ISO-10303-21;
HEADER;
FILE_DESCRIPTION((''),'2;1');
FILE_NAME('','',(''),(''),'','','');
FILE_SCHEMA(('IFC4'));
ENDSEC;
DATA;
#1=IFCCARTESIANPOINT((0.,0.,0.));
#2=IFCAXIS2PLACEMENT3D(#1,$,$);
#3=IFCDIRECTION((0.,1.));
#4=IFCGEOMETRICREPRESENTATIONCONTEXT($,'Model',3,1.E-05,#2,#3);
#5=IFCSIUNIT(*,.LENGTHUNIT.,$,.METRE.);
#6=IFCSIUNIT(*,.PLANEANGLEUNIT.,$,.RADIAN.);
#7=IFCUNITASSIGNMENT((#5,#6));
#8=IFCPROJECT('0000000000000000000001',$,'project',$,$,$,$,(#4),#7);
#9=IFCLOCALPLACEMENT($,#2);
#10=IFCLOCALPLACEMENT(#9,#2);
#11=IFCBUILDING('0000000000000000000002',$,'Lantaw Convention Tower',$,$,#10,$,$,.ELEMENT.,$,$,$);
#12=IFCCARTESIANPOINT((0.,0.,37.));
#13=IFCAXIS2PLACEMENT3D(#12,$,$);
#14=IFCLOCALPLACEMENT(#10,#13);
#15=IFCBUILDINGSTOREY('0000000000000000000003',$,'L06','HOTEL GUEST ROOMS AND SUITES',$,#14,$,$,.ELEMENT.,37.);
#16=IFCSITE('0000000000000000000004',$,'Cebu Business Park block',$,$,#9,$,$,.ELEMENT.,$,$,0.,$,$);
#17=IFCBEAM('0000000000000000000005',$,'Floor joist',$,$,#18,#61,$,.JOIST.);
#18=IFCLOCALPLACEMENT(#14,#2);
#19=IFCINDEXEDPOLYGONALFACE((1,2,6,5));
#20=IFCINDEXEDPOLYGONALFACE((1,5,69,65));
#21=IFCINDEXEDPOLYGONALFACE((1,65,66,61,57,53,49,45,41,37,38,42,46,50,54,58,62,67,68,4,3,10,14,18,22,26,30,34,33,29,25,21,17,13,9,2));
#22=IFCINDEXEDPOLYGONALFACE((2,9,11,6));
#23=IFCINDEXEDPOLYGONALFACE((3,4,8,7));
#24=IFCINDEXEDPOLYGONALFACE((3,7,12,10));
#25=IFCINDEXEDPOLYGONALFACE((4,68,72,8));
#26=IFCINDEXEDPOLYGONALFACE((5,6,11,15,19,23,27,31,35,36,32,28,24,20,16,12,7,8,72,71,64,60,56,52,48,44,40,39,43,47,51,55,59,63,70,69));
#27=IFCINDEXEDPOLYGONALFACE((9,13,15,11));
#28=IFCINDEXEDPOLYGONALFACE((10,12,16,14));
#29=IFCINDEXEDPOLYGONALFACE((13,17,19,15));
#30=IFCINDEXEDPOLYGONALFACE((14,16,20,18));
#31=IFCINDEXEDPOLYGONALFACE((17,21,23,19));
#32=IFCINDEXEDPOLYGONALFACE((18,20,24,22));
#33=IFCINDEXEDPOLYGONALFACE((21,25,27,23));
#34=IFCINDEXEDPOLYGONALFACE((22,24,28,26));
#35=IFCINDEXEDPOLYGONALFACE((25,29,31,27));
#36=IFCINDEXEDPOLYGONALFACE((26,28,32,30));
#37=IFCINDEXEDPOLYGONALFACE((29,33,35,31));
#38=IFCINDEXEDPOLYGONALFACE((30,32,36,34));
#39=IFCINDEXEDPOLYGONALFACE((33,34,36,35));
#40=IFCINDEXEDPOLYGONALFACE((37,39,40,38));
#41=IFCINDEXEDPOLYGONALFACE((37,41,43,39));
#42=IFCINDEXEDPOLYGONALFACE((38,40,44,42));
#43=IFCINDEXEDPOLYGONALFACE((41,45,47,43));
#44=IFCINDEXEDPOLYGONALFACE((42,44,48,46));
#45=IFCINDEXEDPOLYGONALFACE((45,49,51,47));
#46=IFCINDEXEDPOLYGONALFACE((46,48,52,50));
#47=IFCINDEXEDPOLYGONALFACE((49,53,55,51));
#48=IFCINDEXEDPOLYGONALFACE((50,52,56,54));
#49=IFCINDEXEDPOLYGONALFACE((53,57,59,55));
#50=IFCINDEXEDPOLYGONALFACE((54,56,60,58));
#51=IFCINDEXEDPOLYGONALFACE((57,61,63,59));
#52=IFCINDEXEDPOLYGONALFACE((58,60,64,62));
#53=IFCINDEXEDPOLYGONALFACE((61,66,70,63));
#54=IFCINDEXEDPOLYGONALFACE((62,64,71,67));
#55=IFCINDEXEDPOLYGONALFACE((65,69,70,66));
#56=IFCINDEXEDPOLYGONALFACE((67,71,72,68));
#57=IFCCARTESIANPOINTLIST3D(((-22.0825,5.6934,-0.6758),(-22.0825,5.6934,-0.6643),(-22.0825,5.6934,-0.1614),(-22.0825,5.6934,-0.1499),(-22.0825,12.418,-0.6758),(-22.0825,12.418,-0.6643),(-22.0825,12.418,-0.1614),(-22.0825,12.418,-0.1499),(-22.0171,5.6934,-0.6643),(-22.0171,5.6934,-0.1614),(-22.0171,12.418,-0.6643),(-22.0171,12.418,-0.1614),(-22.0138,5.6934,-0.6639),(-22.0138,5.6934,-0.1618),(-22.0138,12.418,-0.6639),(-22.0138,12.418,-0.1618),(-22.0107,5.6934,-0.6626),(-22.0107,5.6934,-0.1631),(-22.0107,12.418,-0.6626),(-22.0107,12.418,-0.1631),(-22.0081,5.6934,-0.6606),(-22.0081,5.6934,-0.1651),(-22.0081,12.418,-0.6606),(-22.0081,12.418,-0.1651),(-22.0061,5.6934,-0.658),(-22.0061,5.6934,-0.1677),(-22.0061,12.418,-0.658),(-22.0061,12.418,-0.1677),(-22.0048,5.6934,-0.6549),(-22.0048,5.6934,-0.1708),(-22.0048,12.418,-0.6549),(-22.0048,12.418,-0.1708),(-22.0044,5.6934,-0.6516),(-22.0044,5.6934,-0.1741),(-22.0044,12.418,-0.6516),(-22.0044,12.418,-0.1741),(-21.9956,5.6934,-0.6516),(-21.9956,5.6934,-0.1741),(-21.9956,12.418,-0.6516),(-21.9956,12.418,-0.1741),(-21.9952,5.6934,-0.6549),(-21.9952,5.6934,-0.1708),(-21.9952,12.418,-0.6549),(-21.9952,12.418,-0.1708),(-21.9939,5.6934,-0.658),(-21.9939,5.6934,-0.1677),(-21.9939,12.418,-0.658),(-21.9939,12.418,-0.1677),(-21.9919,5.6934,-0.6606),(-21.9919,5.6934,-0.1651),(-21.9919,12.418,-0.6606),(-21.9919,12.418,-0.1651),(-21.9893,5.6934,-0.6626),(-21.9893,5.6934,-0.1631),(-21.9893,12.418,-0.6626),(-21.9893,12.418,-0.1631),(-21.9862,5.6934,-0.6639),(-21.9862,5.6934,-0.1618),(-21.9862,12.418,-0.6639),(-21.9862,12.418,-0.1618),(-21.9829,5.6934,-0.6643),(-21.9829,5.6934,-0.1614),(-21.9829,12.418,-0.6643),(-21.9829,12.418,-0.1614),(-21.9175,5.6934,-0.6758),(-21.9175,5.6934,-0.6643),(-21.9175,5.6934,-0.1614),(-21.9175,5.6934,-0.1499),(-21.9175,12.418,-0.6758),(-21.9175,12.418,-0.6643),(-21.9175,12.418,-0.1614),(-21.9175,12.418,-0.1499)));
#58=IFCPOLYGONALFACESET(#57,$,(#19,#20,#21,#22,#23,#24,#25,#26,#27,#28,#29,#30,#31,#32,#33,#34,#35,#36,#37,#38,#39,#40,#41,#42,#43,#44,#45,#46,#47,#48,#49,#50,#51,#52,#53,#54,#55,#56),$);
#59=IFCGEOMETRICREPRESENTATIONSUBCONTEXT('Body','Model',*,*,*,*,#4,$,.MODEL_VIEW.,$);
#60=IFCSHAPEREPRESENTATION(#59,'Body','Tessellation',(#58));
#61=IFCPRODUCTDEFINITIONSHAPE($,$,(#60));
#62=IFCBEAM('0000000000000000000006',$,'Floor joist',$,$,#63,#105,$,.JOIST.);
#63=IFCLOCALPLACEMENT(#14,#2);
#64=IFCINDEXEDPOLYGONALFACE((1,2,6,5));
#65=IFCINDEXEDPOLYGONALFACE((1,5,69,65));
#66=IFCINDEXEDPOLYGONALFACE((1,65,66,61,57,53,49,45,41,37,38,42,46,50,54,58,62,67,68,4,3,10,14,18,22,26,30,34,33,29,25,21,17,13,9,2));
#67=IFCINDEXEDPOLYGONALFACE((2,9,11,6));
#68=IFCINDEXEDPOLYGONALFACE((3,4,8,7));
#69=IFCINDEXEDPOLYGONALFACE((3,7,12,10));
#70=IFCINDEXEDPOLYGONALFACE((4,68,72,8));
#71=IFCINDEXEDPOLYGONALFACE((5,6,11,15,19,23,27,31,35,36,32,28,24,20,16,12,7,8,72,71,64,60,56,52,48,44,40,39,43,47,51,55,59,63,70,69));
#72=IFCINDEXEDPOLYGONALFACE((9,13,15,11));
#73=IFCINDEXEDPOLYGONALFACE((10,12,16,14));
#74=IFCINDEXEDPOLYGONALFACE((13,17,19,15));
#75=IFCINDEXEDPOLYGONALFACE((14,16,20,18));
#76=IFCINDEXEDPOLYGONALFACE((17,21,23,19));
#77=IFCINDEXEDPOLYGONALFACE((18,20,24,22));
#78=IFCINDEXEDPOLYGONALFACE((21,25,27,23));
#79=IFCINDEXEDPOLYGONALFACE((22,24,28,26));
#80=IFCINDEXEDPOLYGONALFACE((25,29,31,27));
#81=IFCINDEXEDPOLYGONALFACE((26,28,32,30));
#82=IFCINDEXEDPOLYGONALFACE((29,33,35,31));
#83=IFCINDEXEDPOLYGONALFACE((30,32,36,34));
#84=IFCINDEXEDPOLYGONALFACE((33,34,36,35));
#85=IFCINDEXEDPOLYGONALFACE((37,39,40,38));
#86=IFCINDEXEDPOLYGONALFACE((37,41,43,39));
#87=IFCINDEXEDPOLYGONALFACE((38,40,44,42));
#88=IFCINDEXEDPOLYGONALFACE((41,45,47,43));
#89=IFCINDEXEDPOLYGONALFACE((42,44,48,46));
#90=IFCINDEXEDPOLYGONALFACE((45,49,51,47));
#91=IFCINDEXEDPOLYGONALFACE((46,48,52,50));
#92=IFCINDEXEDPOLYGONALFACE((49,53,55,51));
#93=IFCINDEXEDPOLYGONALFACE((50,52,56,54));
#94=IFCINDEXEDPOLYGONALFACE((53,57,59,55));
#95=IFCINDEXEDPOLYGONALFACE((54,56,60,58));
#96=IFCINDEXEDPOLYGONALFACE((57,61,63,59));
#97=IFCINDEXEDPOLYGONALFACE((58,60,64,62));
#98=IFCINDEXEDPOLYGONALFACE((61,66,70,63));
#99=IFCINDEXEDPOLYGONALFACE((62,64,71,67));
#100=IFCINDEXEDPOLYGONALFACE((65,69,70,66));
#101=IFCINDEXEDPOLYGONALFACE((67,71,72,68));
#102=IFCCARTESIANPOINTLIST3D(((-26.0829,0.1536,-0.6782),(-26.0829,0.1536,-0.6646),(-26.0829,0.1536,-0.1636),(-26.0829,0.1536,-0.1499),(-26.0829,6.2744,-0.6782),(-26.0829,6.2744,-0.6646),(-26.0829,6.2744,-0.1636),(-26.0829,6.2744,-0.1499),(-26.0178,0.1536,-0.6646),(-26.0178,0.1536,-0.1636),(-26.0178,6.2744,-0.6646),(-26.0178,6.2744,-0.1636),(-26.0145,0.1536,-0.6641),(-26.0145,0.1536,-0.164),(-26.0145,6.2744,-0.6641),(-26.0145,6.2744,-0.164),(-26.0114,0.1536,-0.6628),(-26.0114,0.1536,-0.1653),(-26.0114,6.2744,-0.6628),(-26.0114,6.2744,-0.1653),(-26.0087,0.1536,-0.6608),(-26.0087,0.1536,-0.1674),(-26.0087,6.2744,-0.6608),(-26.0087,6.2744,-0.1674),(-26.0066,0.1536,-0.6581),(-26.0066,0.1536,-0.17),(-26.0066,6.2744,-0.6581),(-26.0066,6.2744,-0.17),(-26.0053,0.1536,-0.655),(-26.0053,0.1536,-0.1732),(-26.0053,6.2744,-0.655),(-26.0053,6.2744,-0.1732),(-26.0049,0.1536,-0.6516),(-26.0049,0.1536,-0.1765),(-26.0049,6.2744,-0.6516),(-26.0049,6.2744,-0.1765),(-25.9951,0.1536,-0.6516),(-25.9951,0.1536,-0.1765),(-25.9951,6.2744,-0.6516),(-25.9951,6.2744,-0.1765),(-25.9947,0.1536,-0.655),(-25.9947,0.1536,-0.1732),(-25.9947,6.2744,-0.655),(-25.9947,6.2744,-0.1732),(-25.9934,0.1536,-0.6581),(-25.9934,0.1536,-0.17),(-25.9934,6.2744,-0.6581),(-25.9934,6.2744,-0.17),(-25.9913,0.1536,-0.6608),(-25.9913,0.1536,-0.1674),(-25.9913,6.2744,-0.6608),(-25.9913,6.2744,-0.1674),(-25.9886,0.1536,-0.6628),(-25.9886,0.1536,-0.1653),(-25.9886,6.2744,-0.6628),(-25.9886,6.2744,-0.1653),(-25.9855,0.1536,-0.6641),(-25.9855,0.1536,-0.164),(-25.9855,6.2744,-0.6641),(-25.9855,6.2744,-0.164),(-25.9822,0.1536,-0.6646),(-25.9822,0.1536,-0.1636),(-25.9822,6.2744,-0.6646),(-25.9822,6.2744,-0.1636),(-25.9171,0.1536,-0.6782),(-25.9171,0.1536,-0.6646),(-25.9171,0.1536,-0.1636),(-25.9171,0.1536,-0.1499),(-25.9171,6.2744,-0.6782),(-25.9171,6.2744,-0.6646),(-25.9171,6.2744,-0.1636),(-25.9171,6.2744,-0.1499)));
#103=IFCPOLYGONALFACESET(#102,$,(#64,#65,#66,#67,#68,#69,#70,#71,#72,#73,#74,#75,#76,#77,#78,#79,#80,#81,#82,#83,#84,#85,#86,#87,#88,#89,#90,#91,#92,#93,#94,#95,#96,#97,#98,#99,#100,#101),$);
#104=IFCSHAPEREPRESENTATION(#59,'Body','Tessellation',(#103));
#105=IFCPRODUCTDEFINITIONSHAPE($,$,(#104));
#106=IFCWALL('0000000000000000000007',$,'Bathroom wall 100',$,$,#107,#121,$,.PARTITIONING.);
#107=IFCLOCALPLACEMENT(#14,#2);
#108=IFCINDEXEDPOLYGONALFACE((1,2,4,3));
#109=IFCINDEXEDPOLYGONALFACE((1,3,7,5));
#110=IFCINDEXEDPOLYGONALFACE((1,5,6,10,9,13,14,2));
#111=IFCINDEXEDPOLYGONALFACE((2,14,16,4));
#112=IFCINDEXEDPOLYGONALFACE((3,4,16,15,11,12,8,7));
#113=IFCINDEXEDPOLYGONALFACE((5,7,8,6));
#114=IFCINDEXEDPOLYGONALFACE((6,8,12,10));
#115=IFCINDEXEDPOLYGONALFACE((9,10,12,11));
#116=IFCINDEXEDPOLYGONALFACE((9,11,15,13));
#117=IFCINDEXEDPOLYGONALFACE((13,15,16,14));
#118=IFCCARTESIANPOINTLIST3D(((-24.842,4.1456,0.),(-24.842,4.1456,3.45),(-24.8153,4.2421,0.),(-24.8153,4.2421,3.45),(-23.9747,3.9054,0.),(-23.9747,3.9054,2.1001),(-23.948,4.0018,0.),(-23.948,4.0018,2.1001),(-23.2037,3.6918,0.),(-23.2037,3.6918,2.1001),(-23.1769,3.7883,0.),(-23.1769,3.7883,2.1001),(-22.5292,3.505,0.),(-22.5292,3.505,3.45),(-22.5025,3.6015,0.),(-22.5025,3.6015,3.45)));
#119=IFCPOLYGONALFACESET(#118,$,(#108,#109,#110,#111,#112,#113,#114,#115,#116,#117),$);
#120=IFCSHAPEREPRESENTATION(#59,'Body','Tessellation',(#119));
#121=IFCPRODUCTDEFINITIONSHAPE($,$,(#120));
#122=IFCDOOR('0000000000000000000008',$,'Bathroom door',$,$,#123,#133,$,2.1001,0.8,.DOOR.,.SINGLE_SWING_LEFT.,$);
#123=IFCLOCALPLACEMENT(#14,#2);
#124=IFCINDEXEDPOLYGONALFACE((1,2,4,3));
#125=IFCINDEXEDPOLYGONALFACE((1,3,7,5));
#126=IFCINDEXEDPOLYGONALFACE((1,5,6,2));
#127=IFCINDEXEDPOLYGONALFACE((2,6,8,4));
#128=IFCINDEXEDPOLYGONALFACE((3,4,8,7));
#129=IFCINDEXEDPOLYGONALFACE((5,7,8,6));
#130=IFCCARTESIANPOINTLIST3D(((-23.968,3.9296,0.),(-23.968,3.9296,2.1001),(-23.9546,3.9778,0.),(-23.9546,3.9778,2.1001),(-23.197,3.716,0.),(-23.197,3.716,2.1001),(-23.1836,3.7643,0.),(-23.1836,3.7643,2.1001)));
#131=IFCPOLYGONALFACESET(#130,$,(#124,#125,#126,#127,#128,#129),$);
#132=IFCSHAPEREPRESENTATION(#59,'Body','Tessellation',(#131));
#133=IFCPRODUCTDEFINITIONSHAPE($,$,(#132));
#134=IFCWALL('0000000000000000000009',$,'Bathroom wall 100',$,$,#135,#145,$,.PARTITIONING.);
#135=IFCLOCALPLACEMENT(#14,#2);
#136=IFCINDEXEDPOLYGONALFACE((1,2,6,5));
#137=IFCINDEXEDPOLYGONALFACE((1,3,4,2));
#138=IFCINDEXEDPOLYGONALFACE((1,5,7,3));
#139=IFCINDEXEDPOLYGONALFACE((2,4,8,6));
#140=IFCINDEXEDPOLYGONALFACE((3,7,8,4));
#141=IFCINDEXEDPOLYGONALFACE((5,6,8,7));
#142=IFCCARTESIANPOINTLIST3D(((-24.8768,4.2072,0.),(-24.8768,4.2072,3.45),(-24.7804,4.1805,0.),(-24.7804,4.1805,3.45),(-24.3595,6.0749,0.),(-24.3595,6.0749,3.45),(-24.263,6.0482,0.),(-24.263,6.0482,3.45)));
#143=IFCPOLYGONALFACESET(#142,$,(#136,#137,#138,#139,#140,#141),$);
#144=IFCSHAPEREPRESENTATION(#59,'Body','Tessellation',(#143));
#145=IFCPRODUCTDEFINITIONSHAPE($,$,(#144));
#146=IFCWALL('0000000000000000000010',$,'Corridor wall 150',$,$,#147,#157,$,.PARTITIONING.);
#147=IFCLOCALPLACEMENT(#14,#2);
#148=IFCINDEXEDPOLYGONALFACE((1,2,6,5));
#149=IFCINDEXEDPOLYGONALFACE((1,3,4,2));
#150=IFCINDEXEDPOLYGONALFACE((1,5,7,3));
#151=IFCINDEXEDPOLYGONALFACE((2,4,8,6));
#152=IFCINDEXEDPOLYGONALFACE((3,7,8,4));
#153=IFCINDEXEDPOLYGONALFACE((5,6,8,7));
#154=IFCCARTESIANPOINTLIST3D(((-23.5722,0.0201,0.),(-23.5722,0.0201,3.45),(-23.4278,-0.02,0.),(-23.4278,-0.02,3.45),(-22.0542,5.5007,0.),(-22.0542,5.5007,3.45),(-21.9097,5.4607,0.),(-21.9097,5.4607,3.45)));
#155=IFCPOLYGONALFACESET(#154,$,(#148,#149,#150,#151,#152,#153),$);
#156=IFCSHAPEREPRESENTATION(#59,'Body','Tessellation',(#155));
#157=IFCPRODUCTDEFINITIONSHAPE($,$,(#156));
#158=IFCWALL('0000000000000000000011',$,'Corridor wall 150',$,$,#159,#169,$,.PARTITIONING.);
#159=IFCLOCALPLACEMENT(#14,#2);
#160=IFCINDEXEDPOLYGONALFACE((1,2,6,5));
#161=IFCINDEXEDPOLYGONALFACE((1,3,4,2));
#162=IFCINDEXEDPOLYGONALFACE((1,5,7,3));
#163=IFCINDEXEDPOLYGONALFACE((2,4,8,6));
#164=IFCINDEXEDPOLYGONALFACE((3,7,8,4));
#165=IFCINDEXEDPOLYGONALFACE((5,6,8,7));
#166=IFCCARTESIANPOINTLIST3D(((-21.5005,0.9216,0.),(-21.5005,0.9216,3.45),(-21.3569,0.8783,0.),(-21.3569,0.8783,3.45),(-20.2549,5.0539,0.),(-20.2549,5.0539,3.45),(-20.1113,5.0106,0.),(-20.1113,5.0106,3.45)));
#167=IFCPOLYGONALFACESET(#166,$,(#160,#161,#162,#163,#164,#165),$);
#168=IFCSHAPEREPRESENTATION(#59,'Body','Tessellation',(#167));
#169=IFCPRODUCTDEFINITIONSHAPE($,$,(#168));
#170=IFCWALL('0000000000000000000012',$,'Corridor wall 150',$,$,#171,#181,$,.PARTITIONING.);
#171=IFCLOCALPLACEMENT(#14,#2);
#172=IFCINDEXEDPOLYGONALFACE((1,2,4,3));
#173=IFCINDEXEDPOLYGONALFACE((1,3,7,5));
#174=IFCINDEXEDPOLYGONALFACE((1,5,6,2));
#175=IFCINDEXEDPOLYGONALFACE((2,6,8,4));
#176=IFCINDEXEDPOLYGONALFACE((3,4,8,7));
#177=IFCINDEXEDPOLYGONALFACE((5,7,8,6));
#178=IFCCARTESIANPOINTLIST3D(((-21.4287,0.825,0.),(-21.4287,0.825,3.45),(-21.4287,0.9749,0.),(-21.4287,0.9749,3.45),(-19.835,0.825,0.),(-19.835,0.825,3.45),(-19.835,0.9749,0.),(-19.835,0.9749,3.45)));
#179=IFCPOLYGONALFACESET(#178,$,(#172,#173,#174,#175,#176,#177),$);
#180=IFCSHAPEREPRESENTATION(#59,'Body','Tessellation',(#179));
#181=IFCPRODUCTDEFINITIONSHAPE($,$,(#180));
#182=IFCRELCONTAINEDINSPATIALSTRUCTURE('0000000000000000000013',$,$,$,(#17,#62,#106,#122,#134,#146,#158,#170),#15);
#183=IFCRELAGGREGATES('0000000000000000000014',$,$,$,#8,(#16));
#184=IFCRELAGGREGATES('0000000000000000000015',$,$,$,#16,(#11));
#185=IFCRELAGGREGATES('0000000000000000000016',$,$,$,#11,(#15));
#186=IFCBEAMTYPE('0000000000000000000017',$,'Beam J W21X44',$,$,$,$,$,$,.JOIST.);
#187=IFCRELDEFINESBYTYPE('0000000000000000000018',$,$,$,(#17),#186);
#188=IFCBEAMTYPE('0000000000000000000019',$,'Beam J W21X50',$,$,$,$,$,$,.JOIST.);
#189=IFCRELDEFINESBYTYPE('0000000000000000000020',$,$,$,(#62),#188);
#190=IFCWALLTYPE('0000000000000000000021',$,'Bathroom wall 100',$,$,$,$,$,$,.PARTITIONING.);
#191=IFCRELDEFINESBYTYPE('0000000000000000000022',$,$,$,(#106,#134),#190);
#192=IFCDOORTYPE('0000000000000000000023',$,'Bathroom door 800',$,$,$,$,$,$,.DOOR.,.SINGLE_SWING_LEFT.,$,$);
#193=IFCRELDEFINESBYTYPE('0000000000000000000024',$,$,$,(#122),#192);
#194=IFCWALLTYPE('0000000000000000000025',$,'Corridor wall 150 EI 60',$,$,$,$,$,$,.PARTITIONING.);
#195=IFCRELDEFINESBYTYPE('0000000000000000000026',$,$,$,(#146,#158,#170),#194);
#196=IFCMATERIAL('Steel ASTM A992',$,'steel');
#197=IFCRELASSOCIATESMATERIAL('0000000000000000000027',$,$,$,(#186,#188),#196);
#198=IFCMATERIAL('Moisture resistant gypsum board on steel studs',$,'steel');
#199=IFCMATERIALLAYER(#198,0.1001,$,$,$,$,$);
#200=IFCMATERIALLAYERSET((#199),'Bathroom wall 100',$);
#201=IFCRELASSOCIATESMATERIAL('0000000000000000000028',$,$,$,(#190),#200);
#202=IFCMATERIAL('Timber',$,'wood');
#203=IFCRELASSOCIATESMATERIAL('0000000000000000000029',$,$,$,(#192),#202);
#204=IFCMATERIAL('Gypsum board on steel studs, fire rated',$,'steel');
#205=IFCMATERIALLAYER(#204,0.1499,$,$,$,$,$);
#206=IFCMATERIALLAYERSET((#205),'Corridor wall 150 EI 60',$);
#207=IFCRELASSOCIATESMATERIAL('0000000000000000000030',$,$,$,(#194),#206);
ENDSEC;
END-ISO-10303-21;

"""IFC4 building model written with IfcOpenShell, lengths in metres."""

from ifc_helpers import new_model, si_unit, direction, frame, frame_2d, origin, origin_2d, place, context, subcontext, project, spatial, rectangle, i_section, extrude, material, layer, layer_set, material_profile, profile_set, type_object, element, fill, save


model = new_model("IFC4")

# Units and contexts
model_context = context("Model", 3, precision=1e-05, world=origin(), true_north=direction((0.0, 1.0)))
body_context = subcontext(model_context, "Body", "Model", "MODEL_VIEW")
ifc_project = project(units=[si_unit("LENGTHUNIT", "METRE"), si_unit("PLANEANGLEUNIT", "RADIAN")], contexts=[model_context])

# Site, building, storey
site_placement = place(None, origin())
site = spatial("IfcSite", under=ifc_project, at=site_placement, Name="Cebu Business Park block", CompositionType="ELEMENT", RefElevation=0.0)
building_placement = place(site_placement, origin())
building = spatial("IfcBuilding", under=site, at=building_placement, Name="Lantaw Convention Tower", CompositionType="ELEMENT")
storey_placement = place(building_placement, frame((0.0, 0.0, 37.0)))
storey = spatial("IfcBuildingStorey", under=building, at=storey_placement, Name="L06", Description="HOTEL GUEST ROOMS AND SUITES", CompositionType="ELEMENT", Elevation=37.0)

# Beams
ifc_material_1 = material(Name="Steel ASTM A992", Category="steel")
ifc_material_profile_1 = material_profile(ifc_material_1, i_section(OverallWidth=0.165, OverallDepth=0.5259, WebThickness=0.0088, FlangeThickness=0.0115, FilletRadius=0.0127, at=origin_2d()), Name="W21X44")
ifc_profile_set_1 = profile_set([ifc_material_profile_1], Name="Steel ASTM A992")
beam_type_1 = type_object("IfcBeamType", Name="Beam J W21X44", PredefinedType="JOIST", material=ifc_profile_set_1)
beam_1_placement = place(storey_placement, frame((-22.0, 5.6934, -0.4128), z_axis=(0.0, 1.0, 0.0), x_axis=(-1.0, 0.0, 0.0)))
element("IfcBeam", 1, at=beam_1_placement, inside=storey, type_object=beam_type_1, Name="Floor joist", PredefinedType="JOIST", context=body_context, shape_type="SweptSolid", body=[
    extrude(i_section(OverallWidth=0.165, OverallDepth=0.5259, WebThickness=0.0088, FlangeThickness=0.0115, FilletRadius=0.0127, at=origin_2d()), origin(), (0.0, 0.0, 1.0), 6.7246),
])
ifc_material_profile_2 = material_profile(ifc_material_1, i_section(OverallWidth=0.1658, OverallDepth=0.5283, WebThickness=0.0098, FlangeThickness=0.0137, FilletRadius=0.0129, at=origin_2d()), Name="W21X50")
ifc_profile_set_2 = profile_set([ifc_material_profile_2], Name="Steel ASTM A992")
beam_type_2 = type_object("IfcBeamType", Name="Beam J W21X50", PredefinedType="JOIST", material=ifc_profile_set_2)
beam_2_placement = place(storey_placement, frame((-26.0, 0.1536, -0.4141), z_axis=(0.0, 1.0, 0.0), x_axis=(-1.0, 0.0, 0.0)))
element("IfcBeam", 2, at=beam_2_placement, inside=storey, type_object=beam_type_2, Name="Floor joist", PredefinedType="JOIST", context=body_context, shape_type="SweptSolid", body=[
    extrude(i_section(OverallWidth=0.1658, OverallDepth=0.5283, WebThickness=0.0098, FlangeThickness=0.0137, FilletRadius=0.0129, at=origin_2d()), origin(), (0.0, 0.0, 1.0), 6.1208),
])

# Wall, opening, door
ifc_material_2 = material(Name="Moisture resistant gypsum board on steel studs", Category="steel")
ifc_layer_1 = layer(ifc_material_2, 0.1001)
ifc_layer_set_1 = layer_set([ifc_layer_1], Name="Bathroom wall 100")
wall_type_1 = type_object("IfcWallType", Name="Bathroom wall 100", PredefinedType="PARTITIONING", material=ifc_layer_set_1)
wall_1_placement = place(storey_placement, frame((-22.5159, 3.5532, 0.0), z_axis=(0.0, 0.0, 1.0), x_axis=(-0.963712, 0.266946, 0.0)))
wall_1 = element("IfcWall", 3, at=wall_1_placement, inside=storey, type_object=wall_type_1, Name="Bathroom wall 100", PredefinedType="PARTITIONING", context=body_context, shape_type="SweptSolid", body=[
    extrude(rectangle(XDim=2.3999, YDim=0.1001, at=frame_2d((1.2, 0.0))), origin(), (0.0, 0.0, 1.0), 3.45),
])
opening_1_placement = place(wall_1_placement, frame((0.7, 0.0, 0.0)))
opening_1 = element("IfcOpeningElement", 4, at=opening_1_placement, cuts=wall_1, PredefinedType="OPENING", context=body_context, shape_type="SweptSolid", body=[
    extrude(rectangle(XDim=0.8, YDim=2.1001, at=frame_2d((0.3999, 1.05))), frame((0.0, 0.0601, 0.0), z_axis=(0.0, -1.0, 0.0), x_axis=(1.0, 0.0, 0.0)), (0.0, 0.0, 1.0), 0.1201),
])
ifc_material_3 = material(Name="Timber", Category="wood")
door_type = type_object("IfcDoorType", Name="Bathroom door 800", OperationType="SINGLE_SWING_LEFT", PredefinedType="DOOR", material=ifc_material_3)
door_placement = place(opening_1_placement, origin())
door = element("IfcDoor", 5, at=door_placement, inside=storey, type_object=door_type, Name="Bathroom door", OperationType="SINGLE_SWING_LEFT", OverallHeight=2.1001, OverallWidth=0.8, PredefinedType="DOOR", context=body_context, shape_type="SweptSolid", body=[
    extrude(rectangle(XDim=0.8, YDim=2.1001, at=frame_2d((0.3999, 1.05))), frame((0.0, 0.0249, 0.0), z_axis=(0.0, -1.0, 0.0), x_axis=(1.0, 0.0, 0.0)), (0.0, 0.0, 1.0), 0.05),
])
fill(opening_1, door)

# Walls
wall_2_placement = place(storey_placement, frame((-24.8286, 4.1938, 0.0), z_axis=(0.0, 0.0, 1.0), x_axis=(0.266942, 0.963713, 0.0)))
element("IfcWall", 6, at=wall_2_placement, inside=storey, type_object=wall_type_1, Name="Bathroom wall 100", PredefinedType="PARTITIONING", context=body_context, shape_type="SweptSolid", body=[
    extrude(rectangle(XDim=1.938, YDim=0.1001, at=frame_2d((0.969, 0.0))), origin(), (0.0, 0.0, 1.0), 3.45),
])
ifc_material_4 = material(Name="Gypsum board on steel studs, fire rated", Category="steel")
ifc_layer_2 = layer(ifc_material_4, 0.1499)
ifc_layer_set_2 = layer_set([ifc_layer_2], Name="Corridor wall 150 EI 60")
wall_type_2 = type_object("IfcWallType", Name="Corridor wall 150 EI 60", PredefinedType="PARTITIONING", material=ifc_layer_set_2)
wall_3_placement = place(storey_placement, frame((-21.9819, 5.4807, 0.0), z_axis=(0.0, 0.0, 1.0), x_axis=(-0.266933, -0.963715, 0.0)))
element("IfcWall", 7, at=wall_3_placement, inside=storey, type_object=wall_type_2, Name="Corridor wall 150", PredefinedType="PARTITIONING", context=body_context, shape_type="SweptSolid", body=[
    extrude(rectangle(XDim=5.687, YDim=0.1499, at=frame_2d((2.8435, 0.0))), origin(), (0.0, 0.0, 1.0), 3.45),
])
wall_4_placement = place(storey_placement, frame((-20.1831, 5.0322, 0.0), z_axis=(0.0, 0.0, 1.0), x_axis=(-0.288604, -0.957449, 0.0)))
element("IfcWall", 8, at=wall_4_placement, inside=storey, type_object=wall_type_2, Name="Corridor wall 150", PredefinedType="PARTITIONING", context=body_context, shape_type="SweptSolid", body=[
    extrude(rectangle(XDim=4.3159, YDim=0.1499, at=frame_2d((2.158, 0.0))), origin(), (0.0, 0.0, 1.0), 3.45),
])
wall_5_placement = place(storey_placement, frame((-19.835, 0.8999, 0.0), z_axis=(0.0, 0.0, 1.0), x_axis=(-1.0, 0.0, 0.0)))
element("IfcWall", 9, at=wall_5_placement, inside=storey, type_object=wall_type_2, Name="Corridor wall 150", PredefinedType="PARTITIONING", context=body_context, shape_type="SweptSolid", body=[
    extrude(rectangle(XDim=1.5938, YDim=0.1499, at=frame_2d((0.7969, 0.0))), origin(), (0.0, 0.0, 1.0), 3.45),
])

save(model, "model.ifc")
